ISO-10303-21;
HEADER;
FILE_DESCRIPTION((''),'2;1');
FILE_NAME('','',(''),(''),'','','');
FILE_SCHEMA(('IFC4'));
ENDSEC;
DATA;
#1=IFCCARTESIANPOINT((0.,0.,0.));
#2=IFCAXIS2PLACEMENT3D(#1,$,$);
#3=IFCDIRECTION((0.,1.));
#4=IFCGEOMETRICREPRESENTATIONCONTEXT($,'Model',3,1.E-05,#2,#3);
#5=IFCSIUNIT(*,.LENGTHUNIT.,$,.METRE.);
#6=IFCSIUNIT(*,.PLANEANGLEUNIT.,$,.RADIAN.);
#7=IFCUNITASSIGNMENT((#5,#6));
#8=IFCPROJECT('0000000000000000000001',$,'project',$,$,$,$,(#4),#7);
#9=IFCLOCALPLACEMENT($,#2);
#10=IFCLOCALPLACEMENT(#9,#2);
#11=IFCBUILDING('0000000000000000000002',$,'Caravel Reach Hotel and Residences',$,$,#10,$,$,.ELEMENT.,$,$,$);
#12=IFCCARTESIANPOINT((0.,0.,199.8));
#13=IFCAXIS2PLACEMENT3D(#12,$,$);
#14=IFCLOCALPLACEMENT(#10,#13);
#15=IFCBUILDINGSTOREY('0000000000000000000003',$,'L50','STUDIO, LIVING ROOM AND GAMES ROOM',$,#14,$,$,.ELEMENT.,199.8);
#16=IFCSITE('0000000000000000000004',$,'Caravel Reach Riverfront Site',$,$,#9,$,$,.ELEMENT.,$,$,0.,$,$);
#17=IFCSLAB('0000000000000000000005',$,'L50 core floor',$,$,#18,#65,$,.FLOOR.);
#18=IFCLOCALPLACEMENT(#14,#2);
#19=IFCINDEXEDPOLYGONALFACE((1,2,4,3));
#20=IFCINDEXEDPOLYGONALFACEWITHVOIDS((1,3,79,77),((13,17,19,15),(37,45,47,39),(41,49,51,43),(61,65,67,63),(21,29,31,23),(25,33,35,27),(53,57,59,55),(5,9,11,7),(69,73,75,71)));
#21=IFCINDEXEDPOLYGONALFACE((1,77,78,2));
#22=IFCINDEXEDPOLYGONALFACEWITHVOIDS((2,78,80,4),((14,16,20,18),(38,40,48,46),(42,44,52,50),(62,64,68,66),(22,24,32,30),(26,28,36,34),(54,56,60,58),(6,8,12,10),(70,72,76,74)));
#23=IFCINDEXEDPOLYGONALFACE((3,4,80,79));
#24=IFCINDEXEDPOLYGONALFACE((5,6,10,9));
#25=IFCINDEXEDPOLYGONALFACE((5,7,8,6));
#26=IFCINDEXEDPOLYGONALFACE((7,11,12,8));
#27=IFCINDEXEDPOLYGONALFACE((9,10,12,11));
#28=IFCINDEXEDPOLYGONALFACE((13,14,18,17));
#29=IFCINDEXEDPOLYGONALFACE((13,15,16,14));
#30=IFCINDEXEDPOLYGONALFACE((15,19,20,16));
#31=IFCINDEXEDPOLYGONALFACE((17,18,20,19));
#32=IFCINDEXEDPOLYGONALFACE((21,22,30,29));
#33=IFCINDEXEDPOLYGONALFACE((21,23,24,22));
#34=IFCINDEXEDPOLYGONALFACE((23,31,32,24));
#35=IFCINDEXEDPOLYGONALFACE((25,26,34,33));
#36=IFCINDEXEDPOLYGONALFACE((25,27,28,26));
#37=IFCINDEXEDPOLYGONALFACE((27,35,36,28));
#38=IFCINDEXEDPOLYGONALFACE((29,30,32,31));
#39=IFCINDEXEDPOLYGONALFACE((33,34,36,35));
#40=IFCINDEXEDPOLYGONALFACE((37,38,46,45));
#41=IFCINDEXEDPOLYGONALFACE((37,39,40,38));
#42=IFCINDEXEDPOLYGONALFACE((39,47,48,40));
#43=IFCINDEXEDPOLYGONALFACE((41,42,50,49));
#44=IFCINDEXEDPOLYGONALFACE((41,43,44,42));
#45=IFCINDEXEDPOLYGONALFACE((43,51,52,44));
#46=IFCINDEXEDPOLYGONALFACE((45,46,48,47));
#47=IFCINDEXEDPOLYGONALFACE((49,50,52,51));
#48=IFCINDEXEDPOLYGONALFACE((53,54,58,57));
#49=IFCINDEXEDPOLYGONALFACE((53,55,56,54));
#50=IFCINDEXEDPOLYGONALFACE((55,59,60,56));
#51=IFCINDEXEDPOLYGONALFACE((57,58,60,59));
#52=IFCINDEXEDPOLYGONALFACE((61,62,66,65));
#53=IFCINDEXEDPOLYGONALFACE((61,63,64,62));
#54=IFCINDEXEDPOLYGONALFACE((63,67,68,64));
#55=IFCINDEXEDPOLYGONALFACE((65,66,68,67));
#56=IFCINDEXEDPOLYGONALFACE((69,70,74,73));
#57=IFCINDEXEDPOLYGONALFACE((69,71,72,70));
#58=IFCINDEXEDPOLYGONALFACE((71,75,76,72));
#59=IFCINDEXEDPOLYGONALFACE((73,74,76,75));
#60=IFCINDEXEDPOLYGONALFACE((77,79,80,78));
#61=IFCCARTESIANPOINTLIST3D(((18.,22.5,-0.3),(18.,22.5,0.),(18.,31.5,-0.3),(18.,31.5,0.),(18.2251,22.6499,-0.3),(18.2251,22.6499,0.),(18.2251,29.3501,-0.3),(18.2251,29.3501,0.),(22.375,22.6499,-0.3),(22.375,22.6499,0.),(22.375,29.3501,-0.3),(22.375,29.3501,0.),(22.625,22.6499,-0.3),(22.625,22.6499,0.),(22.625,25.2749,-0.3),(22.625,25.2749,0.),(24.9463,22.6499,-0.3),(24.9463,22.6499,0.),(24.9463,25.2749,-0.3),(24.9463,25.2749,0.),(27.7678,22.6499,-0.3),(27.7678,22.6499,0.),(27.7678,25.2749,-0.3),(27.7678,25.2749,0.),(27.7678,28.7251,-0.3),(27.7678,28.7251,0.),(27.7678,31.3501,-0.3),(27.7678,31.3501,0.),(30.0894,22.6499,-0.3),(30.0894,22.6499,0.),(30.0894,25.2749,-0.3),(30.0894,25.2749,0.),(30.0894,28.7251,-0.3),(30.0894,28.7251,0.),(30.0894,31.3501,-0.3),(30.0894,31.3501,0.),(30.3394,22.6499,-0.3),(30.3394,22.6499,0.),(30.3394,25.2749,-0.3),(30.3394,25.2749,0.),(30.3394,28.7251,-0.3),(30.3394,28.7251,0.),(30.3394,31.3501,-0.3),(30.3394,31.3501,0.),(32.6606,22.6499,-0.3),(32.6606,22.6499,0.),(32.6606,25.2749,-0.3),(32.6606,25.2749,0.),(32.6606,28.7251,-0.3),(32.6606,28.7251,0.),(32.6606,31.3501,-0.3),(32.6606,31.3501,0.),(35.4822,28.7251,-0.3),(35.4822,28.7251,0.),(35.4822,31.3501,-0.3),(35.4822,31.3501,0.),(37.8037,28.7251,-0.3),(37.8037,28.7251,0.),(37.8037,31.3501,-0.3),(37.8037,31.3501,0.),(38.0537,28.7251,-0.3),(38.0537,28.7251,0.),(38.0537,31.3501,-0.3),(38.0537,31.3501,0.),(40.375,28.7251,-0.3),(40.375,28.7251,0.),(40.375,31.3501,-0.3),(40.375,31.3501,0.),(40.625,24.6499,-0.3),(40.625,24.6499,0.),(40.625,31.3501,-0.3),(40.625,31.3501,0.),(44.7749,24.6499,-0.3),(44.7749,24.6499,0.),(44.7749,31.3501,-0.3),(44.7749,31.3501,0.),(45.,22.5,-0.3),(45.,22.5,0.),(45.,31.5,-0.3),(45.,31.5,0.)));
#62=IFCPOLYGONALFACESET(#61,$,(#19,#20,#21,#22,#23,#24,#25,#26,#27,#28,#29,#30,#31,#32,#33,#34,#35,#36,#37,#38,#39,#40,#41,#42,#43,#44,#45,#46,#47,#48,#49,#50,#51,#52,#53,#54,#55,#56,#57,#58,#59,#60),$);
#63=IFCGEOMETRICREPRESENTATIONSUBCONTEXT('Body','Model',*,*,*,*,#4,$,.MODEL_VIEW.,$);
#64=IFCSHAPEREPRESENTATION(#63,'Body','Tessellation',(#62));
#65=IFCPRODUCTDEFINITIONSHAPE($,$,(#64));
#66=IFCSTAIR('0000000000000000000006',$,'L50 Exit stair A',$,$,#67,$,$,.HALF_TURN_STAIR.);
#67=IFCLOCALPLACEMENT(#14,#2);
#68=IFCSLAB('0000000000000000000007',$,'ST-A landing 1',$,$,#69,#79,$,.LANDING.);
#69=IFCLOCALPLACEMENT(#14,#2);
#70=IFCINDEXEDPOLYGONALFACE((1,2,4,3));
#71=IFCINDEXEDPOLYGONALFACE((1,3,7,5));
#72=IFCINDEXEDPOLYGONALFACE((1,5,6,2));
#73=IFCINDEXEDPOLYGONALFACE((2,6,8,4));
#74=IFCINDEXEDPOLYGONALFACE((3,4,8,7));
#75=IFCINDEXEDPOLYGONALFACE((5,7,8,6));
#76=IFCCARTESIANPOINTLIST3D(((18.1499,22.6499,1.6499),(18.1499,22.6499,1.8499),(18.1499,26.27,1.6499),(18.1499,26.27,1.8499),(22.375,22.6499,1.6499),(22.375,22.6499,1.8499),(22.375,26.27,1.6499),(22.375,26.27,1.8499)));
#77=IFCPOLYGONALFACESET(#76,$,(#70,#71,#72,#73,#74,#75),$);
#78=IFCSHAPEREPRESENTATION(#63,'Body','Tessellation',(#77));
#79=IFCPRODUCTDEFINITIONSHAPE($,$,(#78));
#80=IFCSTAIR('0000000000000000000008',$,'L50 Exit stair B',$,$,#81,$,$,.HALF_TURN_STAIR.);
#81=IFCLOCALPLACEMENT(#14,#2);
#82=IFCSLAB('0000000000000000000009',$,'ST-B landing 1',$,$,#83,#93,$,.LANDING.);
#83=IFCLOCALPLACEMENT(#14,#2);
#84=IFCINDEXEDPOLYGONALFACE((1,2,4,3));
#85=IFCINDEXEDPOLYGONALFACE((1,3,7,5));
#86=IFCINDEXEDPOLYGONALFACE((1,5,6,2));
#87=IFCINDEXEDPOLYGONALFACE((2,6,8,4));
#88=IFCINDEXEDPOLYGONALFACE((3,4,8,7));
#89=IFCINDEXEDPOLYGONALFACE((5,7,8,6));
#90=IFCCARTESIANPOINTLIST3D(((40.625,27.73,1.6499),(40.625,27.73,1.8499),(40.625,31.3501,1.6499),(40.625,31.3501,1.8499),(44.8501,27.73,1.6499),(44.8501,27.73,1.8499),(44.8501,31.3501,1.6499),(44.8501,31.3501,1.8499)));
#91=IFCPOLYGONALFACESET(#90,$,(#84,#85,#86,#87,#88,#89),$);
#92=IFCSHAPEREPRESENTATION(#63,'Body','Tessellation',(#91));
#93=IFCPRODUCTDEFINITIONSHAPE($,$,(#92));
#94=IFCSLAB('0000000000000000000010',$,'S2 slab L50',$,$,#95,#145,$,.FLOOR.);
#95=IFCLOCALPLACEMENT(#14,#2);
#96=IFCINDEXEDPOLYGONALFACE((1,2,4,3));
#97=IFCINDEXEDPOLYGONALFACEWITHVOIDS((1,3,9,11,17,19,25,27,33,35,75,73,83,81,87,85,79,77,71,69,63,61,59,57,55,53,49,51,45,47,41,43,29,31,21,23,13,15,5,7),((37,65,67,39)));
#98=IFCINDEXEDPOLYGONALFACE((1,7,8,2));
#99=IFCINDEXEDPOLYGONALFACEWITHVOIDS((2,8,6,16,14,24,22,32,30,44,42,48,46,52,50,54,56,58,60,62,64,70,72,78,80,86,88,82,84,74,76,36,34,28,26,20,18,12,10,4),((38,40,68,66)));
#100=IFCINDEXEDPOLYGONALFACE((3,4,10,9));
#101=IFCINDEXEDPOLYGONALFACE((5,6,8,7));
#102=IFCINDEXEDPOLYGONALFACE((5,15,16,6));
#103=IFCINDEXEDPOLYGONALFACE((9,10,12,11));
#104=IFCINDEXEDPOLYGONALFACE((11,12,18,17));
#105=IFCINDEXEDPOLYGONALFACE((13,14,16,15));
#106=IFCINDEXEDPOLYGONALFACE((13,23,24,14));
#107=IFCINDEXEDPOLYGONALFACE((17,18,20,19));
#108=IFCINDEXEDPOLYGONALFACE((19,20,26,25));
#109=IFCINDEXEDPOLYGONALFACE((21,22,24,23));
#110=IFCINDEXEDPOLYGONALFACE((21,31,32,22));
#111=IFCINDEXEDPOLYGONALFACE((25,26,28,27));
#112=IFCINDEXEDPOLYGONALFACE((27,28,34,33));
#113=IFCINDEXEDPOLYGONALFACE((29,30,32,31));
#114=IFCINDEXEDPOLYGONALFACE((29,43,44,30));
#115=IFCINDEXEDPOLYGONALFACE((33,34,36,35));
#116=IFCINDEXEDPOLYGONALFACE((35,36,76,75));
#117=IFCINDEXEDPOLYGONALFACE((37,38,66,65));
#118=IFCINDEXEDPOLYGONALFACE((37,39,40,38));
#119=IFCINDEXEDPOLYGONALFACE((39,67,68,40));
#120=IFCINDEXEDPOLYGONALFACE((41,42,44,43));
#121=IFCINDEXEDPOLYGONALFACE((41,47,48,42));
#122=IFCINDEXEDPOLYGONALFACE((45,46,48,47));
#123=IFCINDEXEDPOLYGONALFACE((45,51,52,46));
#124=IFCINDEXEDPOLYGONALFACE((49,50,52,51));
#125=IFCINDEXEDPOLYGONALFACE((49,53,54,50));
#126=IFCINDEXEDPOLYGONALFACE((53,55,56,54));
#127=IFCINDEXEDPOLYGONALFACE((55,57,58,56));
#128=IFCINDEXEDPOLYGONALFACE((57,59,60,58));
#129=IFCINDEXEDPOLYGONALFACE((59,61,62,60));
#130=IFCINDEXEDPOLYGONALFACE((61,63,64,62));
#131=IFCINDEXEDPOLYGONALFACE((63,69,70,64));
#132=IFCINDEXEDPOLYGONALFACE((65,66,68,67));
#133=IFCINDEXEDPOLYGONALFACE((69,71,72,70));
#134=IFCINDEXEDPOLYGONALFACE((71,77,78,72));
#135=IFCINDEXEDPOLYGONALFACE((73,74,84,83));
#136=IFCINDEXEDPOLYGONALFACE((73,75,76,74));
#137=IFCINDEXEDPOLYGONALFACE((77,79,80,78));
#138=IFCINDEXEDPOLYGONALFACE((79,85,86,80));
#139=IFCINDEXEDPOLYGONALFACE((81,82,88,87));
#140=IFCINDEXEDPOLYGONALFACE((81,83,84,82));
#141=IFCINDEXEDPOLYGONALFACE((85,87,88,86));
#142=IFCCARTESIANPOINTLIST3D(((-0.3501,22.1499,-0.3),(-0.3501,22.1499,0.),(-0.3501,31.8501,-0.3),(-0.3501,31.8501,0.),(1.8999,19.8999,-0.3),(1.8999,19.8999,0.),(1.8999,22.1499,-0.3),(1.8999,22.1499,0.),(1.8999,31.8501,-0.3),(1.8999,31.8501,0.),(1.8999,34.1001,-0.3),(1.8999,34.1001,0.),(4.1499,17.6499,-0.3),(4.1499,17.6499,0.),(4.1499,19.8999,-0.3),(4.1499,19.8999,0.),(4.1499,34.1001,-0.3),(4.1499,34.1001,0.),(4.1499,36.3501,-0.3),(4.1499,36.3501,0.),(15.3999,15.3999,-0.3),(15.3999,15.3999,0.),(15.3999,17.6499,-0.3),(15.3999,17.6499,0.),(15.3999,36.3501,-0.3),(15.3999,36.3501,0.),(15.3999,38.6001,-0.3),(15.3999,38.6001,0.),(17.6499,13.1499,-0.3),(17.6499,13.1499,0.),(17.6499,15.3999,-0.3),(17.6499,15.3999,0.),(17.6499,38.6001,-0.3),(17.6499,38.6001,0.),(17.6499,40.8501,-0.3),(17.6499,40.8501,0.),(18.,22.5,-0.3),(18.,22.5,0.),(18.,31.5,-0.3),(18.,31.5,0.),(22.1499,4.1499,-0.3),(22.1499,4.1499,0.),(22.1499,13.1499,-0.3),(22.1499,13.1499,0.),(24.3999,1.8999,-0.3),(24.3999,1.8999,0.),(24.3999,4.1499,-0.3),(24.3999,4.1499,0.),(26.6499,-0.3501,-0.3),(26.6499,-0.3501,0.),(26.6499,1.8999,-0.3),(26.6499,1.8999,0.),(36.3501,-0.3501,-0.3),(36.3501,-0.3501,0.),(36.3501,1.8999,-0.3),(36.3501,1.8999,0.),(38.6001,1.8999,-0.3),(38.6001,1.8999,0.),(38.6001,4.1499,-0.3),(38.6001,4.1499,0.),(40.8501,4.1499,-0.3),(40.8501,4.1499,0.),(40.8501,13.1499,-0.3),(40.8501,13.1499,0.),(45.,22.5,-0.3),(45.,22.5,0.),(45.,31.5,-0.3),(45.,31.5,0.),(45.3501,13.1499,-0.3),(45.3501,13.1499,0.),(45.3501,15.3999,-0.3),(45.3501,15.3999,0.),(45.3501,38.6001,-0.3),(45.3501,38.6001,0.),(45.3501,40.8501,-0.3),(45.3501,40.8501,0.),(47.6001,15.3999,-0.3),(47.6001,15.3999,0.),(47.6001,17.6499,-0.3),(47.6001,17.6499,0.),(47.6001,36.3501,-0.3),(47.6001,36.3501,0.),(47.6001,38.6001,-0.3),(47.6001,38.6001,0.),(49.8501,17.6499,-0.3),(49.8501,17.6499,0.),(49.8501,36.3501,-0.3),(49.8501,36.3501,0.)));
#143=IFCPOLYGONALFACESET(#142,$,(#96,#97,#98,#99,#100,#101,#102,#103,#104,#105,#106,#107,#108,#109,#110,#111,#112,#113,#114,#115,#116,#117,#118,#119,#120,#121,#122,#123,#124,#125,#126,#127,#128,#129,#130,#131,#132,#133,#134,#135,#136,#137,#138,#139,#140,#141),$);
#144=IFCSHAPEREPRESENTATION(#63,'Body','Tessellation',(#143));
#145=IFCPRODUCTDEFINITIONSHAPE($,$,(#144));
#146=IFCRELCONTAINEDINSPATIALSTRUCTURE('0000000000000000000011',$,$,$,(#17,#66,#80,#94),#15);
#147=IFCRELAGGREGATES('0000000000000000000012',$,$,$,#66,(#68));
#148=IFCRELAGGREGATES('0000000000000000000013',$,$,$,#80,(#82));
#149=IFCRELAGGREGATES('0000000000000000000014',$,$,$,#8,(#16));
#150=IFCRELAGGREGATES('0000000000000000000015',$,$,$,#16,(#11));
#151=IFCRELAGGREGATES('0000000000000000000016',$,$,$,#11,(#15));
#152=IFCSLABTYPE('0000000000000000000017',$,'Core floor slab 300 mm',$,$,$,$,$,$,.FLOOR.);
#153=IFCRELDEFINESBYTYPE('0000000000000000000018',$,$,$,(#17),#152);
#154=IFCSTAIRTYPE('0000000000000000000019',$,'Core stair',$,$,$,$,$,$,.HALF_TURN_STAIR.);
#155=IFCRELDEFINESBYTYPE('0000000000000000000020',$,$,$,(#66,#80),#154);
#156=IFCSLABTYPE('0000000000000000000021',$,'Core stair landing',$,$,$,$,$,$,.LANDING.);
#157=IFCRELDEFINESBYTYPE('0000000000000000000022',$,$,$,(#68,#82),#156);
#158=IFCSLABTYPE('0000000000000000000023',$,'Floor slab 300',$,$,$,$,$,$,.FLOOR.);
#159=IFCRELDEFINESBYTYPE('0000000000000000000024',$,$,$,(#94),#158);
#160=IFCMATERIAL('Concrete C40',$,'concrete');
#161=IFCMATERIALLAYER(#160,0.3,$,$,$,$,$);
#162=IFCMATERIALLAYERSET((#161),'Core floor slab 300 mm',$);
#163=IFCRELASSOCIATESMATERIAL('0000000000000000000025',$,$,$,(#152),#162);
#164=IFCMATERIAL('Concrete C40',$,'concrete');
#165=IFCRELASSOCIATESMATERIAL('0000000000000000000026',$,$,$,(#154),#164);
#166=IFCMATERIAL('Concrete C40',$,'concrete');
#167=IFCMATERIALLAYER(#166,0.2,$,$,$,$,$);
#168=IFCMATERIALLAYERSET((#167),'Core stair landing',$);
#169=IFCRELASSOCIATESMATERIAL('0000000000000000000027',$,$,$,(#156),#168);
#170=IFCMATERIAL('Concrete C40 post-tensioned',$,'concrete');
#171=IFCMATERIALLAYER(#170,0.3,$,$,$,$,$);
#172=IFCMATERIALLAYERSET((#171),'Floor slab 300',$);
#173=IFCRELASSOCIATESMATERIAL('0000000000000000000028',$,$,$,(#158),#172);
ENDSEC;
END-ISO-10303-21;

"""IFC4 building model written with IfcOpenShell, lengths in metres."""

from ifc_helpers import new_model, si_unit, direction, frame, origin, place, context, subcontext, project, spatial, polyline, outline, extrude, material, layer, layer_set, type_object, element, aggregate, save


model = new_model("IFC4")

# Units and contexts
model_context = context("Model", 3, precision=1e-05, world=origin(), true_north=direction((0.0, 1.0)))
body_context = subcontext(model_context, "Body", "Model", "MODEL_VIEW")
ifc_project = project(units=[si_unit("LENGTHUNIT", "METRE"), si_unit("PLANEANGLEUNIT", "RADIAN")], contexts=[model_context])

# Site, building, storey
site_placement = place(None, origin())
site = spatial("IfcSite", under=ifc_project, at=site_placement, Name="Caravel Reach Riverfront Site", CompositionType="ELEMENT", RefElevation=0.0)
building_placement = place(site_placement, origin())
building = spatial("IfcBuilding", under=site, at=building_placement, Name="Caravel Reach Hotel and Residences", CompositionType="ELEMENT")
storey_placement = place(building_placement, frame((0.0, 0.0, 199.8)))
storey = spatial("IfcBuildingStorey", under=building, at=storey_placement, Name="L50", Description="STUDIO, LIVING ROOM AND GAMES ROOM", CompositionType="ELEMENT", Elevation=199.8)

# Slab
ifc_material_1 = material(Name="Concrete C40", Category="concrete")
ifc_layer_1 = layer(ifc_material_1, 0.3)
ifc_layer_set_1 = layer_set([ifc_layer_1], Name="Core floor slab 300 mm")
slab_type_1 = type_object("IfcSlabType", Name="Core floor slab 300 mm", PredefinedType="FLOOR", material=ifc_layer_set_1)
slab_1_placement = place(storey_placement, frame((0.0, 0.0, -0.3)))
element("IfcSlab", 1, at=slab_1_placement, inside=storey, type_object=slab_type_1, Name="L50 core floor", PredefinedType="FLOOR", context=body_context, shape_type="SweptSolid", body=[
    extrude(outline(polyline([(18.0, 31.5), (45.0, 31.5), (45.0, 22.5), (18.0, 22.5), (18.0, 31.5)]), holes=[polyline([(22.625, 25.2749), (22.625, 22.6499), (24.9463, 22.6499), (24.9463, 25.2749), (22.625, 25.2749)]), polyline([(27.7678, 25.2749), (27.7678, 22.6499), (30.0894, 22.6499), (30.0894, 25.2749), (27.7678, 25.2749)]), polyline([(30.3394, 25.2749), (30.3394, 22.6499), (32.6606, 22.6499), (32.6606, 25.2749), (30.3394, 25.2749)]), polyline([(22.375, 22.6499), (22.375, 29.3501), (18.2251, 29.3501), (18.2251, 22.6499), (22.375, 22.6499)]), polyline([(40.625, 31.3501), (40.625, 24.6499), (44.7749, 24.6499), (44.7749, 31.3501), (40.625, 31.3501)]), polyline([(27.7678, 31.3501), (27.7678, 28.7251), (30.0894, 28.7251), (30.0894, 31.3501), (27.7678, 31.3501)]), polyline([(30.3394, 31.3501), (30.3394, 28.7251), (32.6606, 28.7251), (32.6606, 31.3501), (30.3394, 31.3501)]), polyline([(37.8037, 31.3501), (35.4822, 31.3501), (35.4822, 28.7251), (37.8037, 28.7251), (37.8037, 31.3501)]), polyline([(40.375, 31.3501), (38.0537, 31.3501), (38.0537, 28.7251), (40.375, 28.7251), (40.375, 31.3501)])]), origin(), (0.0, 0.0, 1.0), 0.3),
])

# Stairs, slabs
ifc_material_2 = material(Name="Concrete C40", Category="concrete")
stair_type = type_object("IfcStairType", Name="Core stair", PredefinedType="HALF_TURN_STAIR", material=ifc_material_2)
stair_1_placement = place(storey_placement, origin())
stair_1 = element("IfcStair", 2, at=stair_1_placement, inside=storey, type_object=stair_type, Name="L50 Exit stair A", PredefinedType="HALF_TURN_STAIR")
ifc_material_3 = material(Name="Concrete C40", Category="concrete")
ifc_layer_2 = layer(ifc_material_3, 0.2)
ifc_layer_set_2 = layer_set([ifc_layer_2], Name="Core stair landing")
slab_type_2 = type_object("IfcSlabType", Name="Core stair landing", PredefinedType="LANDING", material=ifc_layer_set_2)
slab_2_placement = place(storey_placement, frame((0.0, 0.0, 1.6499)))
slab_2 = element("IfcSlab", 3, at=slab_2_placement, type_object=slab_type_2, Name="ST-A landing 1", PredefinedType="LANDING", context=body_context, shape_type="SweptSolid", body=[
    extrude(outline(polyline([(18.1499, 26.27), (18.1499, 22.6499), (22.375, 22.6499), (22.375, 26.27), (18.1499, 26.27)])), origin(), (0.0, 0.0, 1.0), 0.2),
])
aggregate(stair_1, [slab_2])
stair_2_placement = place(storey_placement, origin())
stair_2 = element("IfcStair", 4, at=stair_2_placement, inside=storey, type_object=stair_type, Name="L50 Exit stair B", PredefinedType="HALF_TURN_STAIR")
slab_3_placement = place(storey_placement, frame((0.0, 0.0, 1.6499)))
slab_3 = element("IfcSlab", 5, at=slab_3_placement, type_object=slab_type_2, Name="ST-B landing 1", PredefinedType="LANDING", context=body_context, shape_type="SweptSolid", body=[
    extrude(outline(polyline([(44.8501, 27.73), (44.8501, 31.3501), (40.625, 31.3501), (40.625, 27.73), (44.8501, 27.73)])), origin(), (0.0, 0.0, 1.0), 0.2),
])
aggregate(stair_2, [slab_3])

# Slab
ifc_material_4 = material(Name="Concrete C40 post-tensioned", Category="concrete")
ifc_layer_3 = layer(ifc_material_4, 0.3)
ifc_layer_set_3 = layer_set([ifc_layer_3], Name="Floor slab 300")
slab_type_3 = type_object("IfcSlabType", Name="Floor slab 300", PredefinedType="FLOOR", material=ifc_layer_set_3)
slab_4_placement = place(storey_placement, frame((0.0, 0.0, -0.3)))
element("IfcSlab", 6, at=slab_4_placement, inside=storey, type_object=slab_type_3, Name="S2 slab L50", PredefinedType="FLOOR", context=body_context, shape_type="SweptSolid", body=[
    extrude(outline(polyline([(38.6001, 4.1499), (38.6001, 1.8999), (36.3501, 1.8999), (36.3501, -0.3501), (26.6499, -0.3501), (26.6499, 1.8999), (24.3999, 1.8999), (24.3999, 4.1499), (22.1499, 4.1499), (22.1499, 13.1499), (17.6499, 13.1499), (17.6499, 15.3999), (15.3999, 15.3999), (15.3999, 17.6499), (4.1499, 17.6499), (4.1499, 19.8999), (1.8999, 19.8999), (1.8999, 22.1499), (-0.3501, 22.1499), (-0.3501, 31.8501), (1.8999, 31.8501), (1.8999, 34.1001), (4.1499, 34.1001), (4.1499, 36.3501), (15.3999, 36.3501), (15.3999, 38.6001), (17.6499, 38.6001), (17.6499, 40.8501), (45.3501, 40.8501), (45.3501, 38.6001), (47.6001, 38.6001), (47.6001, 36.3501), (49.8501, 36.3501), (49.8501, 17.6499), (47.6001, 17.6499), (47.6001, 15.3999), (45.3501, 15.3999), (45.3501, 13.1499), (40.8501, 13.1499), (40.8501, 4.1499), (38.6001, 4.1499)]), holes=[polyline([(45.0, 31.5), (18.0, 31.5), (18.0, 22.5), (45.0, 22.5), (45.0, 31.5)])]), origin(), (0.0, 0.0, 1.0), 0.3),
])

save(model, "model.ifc")
